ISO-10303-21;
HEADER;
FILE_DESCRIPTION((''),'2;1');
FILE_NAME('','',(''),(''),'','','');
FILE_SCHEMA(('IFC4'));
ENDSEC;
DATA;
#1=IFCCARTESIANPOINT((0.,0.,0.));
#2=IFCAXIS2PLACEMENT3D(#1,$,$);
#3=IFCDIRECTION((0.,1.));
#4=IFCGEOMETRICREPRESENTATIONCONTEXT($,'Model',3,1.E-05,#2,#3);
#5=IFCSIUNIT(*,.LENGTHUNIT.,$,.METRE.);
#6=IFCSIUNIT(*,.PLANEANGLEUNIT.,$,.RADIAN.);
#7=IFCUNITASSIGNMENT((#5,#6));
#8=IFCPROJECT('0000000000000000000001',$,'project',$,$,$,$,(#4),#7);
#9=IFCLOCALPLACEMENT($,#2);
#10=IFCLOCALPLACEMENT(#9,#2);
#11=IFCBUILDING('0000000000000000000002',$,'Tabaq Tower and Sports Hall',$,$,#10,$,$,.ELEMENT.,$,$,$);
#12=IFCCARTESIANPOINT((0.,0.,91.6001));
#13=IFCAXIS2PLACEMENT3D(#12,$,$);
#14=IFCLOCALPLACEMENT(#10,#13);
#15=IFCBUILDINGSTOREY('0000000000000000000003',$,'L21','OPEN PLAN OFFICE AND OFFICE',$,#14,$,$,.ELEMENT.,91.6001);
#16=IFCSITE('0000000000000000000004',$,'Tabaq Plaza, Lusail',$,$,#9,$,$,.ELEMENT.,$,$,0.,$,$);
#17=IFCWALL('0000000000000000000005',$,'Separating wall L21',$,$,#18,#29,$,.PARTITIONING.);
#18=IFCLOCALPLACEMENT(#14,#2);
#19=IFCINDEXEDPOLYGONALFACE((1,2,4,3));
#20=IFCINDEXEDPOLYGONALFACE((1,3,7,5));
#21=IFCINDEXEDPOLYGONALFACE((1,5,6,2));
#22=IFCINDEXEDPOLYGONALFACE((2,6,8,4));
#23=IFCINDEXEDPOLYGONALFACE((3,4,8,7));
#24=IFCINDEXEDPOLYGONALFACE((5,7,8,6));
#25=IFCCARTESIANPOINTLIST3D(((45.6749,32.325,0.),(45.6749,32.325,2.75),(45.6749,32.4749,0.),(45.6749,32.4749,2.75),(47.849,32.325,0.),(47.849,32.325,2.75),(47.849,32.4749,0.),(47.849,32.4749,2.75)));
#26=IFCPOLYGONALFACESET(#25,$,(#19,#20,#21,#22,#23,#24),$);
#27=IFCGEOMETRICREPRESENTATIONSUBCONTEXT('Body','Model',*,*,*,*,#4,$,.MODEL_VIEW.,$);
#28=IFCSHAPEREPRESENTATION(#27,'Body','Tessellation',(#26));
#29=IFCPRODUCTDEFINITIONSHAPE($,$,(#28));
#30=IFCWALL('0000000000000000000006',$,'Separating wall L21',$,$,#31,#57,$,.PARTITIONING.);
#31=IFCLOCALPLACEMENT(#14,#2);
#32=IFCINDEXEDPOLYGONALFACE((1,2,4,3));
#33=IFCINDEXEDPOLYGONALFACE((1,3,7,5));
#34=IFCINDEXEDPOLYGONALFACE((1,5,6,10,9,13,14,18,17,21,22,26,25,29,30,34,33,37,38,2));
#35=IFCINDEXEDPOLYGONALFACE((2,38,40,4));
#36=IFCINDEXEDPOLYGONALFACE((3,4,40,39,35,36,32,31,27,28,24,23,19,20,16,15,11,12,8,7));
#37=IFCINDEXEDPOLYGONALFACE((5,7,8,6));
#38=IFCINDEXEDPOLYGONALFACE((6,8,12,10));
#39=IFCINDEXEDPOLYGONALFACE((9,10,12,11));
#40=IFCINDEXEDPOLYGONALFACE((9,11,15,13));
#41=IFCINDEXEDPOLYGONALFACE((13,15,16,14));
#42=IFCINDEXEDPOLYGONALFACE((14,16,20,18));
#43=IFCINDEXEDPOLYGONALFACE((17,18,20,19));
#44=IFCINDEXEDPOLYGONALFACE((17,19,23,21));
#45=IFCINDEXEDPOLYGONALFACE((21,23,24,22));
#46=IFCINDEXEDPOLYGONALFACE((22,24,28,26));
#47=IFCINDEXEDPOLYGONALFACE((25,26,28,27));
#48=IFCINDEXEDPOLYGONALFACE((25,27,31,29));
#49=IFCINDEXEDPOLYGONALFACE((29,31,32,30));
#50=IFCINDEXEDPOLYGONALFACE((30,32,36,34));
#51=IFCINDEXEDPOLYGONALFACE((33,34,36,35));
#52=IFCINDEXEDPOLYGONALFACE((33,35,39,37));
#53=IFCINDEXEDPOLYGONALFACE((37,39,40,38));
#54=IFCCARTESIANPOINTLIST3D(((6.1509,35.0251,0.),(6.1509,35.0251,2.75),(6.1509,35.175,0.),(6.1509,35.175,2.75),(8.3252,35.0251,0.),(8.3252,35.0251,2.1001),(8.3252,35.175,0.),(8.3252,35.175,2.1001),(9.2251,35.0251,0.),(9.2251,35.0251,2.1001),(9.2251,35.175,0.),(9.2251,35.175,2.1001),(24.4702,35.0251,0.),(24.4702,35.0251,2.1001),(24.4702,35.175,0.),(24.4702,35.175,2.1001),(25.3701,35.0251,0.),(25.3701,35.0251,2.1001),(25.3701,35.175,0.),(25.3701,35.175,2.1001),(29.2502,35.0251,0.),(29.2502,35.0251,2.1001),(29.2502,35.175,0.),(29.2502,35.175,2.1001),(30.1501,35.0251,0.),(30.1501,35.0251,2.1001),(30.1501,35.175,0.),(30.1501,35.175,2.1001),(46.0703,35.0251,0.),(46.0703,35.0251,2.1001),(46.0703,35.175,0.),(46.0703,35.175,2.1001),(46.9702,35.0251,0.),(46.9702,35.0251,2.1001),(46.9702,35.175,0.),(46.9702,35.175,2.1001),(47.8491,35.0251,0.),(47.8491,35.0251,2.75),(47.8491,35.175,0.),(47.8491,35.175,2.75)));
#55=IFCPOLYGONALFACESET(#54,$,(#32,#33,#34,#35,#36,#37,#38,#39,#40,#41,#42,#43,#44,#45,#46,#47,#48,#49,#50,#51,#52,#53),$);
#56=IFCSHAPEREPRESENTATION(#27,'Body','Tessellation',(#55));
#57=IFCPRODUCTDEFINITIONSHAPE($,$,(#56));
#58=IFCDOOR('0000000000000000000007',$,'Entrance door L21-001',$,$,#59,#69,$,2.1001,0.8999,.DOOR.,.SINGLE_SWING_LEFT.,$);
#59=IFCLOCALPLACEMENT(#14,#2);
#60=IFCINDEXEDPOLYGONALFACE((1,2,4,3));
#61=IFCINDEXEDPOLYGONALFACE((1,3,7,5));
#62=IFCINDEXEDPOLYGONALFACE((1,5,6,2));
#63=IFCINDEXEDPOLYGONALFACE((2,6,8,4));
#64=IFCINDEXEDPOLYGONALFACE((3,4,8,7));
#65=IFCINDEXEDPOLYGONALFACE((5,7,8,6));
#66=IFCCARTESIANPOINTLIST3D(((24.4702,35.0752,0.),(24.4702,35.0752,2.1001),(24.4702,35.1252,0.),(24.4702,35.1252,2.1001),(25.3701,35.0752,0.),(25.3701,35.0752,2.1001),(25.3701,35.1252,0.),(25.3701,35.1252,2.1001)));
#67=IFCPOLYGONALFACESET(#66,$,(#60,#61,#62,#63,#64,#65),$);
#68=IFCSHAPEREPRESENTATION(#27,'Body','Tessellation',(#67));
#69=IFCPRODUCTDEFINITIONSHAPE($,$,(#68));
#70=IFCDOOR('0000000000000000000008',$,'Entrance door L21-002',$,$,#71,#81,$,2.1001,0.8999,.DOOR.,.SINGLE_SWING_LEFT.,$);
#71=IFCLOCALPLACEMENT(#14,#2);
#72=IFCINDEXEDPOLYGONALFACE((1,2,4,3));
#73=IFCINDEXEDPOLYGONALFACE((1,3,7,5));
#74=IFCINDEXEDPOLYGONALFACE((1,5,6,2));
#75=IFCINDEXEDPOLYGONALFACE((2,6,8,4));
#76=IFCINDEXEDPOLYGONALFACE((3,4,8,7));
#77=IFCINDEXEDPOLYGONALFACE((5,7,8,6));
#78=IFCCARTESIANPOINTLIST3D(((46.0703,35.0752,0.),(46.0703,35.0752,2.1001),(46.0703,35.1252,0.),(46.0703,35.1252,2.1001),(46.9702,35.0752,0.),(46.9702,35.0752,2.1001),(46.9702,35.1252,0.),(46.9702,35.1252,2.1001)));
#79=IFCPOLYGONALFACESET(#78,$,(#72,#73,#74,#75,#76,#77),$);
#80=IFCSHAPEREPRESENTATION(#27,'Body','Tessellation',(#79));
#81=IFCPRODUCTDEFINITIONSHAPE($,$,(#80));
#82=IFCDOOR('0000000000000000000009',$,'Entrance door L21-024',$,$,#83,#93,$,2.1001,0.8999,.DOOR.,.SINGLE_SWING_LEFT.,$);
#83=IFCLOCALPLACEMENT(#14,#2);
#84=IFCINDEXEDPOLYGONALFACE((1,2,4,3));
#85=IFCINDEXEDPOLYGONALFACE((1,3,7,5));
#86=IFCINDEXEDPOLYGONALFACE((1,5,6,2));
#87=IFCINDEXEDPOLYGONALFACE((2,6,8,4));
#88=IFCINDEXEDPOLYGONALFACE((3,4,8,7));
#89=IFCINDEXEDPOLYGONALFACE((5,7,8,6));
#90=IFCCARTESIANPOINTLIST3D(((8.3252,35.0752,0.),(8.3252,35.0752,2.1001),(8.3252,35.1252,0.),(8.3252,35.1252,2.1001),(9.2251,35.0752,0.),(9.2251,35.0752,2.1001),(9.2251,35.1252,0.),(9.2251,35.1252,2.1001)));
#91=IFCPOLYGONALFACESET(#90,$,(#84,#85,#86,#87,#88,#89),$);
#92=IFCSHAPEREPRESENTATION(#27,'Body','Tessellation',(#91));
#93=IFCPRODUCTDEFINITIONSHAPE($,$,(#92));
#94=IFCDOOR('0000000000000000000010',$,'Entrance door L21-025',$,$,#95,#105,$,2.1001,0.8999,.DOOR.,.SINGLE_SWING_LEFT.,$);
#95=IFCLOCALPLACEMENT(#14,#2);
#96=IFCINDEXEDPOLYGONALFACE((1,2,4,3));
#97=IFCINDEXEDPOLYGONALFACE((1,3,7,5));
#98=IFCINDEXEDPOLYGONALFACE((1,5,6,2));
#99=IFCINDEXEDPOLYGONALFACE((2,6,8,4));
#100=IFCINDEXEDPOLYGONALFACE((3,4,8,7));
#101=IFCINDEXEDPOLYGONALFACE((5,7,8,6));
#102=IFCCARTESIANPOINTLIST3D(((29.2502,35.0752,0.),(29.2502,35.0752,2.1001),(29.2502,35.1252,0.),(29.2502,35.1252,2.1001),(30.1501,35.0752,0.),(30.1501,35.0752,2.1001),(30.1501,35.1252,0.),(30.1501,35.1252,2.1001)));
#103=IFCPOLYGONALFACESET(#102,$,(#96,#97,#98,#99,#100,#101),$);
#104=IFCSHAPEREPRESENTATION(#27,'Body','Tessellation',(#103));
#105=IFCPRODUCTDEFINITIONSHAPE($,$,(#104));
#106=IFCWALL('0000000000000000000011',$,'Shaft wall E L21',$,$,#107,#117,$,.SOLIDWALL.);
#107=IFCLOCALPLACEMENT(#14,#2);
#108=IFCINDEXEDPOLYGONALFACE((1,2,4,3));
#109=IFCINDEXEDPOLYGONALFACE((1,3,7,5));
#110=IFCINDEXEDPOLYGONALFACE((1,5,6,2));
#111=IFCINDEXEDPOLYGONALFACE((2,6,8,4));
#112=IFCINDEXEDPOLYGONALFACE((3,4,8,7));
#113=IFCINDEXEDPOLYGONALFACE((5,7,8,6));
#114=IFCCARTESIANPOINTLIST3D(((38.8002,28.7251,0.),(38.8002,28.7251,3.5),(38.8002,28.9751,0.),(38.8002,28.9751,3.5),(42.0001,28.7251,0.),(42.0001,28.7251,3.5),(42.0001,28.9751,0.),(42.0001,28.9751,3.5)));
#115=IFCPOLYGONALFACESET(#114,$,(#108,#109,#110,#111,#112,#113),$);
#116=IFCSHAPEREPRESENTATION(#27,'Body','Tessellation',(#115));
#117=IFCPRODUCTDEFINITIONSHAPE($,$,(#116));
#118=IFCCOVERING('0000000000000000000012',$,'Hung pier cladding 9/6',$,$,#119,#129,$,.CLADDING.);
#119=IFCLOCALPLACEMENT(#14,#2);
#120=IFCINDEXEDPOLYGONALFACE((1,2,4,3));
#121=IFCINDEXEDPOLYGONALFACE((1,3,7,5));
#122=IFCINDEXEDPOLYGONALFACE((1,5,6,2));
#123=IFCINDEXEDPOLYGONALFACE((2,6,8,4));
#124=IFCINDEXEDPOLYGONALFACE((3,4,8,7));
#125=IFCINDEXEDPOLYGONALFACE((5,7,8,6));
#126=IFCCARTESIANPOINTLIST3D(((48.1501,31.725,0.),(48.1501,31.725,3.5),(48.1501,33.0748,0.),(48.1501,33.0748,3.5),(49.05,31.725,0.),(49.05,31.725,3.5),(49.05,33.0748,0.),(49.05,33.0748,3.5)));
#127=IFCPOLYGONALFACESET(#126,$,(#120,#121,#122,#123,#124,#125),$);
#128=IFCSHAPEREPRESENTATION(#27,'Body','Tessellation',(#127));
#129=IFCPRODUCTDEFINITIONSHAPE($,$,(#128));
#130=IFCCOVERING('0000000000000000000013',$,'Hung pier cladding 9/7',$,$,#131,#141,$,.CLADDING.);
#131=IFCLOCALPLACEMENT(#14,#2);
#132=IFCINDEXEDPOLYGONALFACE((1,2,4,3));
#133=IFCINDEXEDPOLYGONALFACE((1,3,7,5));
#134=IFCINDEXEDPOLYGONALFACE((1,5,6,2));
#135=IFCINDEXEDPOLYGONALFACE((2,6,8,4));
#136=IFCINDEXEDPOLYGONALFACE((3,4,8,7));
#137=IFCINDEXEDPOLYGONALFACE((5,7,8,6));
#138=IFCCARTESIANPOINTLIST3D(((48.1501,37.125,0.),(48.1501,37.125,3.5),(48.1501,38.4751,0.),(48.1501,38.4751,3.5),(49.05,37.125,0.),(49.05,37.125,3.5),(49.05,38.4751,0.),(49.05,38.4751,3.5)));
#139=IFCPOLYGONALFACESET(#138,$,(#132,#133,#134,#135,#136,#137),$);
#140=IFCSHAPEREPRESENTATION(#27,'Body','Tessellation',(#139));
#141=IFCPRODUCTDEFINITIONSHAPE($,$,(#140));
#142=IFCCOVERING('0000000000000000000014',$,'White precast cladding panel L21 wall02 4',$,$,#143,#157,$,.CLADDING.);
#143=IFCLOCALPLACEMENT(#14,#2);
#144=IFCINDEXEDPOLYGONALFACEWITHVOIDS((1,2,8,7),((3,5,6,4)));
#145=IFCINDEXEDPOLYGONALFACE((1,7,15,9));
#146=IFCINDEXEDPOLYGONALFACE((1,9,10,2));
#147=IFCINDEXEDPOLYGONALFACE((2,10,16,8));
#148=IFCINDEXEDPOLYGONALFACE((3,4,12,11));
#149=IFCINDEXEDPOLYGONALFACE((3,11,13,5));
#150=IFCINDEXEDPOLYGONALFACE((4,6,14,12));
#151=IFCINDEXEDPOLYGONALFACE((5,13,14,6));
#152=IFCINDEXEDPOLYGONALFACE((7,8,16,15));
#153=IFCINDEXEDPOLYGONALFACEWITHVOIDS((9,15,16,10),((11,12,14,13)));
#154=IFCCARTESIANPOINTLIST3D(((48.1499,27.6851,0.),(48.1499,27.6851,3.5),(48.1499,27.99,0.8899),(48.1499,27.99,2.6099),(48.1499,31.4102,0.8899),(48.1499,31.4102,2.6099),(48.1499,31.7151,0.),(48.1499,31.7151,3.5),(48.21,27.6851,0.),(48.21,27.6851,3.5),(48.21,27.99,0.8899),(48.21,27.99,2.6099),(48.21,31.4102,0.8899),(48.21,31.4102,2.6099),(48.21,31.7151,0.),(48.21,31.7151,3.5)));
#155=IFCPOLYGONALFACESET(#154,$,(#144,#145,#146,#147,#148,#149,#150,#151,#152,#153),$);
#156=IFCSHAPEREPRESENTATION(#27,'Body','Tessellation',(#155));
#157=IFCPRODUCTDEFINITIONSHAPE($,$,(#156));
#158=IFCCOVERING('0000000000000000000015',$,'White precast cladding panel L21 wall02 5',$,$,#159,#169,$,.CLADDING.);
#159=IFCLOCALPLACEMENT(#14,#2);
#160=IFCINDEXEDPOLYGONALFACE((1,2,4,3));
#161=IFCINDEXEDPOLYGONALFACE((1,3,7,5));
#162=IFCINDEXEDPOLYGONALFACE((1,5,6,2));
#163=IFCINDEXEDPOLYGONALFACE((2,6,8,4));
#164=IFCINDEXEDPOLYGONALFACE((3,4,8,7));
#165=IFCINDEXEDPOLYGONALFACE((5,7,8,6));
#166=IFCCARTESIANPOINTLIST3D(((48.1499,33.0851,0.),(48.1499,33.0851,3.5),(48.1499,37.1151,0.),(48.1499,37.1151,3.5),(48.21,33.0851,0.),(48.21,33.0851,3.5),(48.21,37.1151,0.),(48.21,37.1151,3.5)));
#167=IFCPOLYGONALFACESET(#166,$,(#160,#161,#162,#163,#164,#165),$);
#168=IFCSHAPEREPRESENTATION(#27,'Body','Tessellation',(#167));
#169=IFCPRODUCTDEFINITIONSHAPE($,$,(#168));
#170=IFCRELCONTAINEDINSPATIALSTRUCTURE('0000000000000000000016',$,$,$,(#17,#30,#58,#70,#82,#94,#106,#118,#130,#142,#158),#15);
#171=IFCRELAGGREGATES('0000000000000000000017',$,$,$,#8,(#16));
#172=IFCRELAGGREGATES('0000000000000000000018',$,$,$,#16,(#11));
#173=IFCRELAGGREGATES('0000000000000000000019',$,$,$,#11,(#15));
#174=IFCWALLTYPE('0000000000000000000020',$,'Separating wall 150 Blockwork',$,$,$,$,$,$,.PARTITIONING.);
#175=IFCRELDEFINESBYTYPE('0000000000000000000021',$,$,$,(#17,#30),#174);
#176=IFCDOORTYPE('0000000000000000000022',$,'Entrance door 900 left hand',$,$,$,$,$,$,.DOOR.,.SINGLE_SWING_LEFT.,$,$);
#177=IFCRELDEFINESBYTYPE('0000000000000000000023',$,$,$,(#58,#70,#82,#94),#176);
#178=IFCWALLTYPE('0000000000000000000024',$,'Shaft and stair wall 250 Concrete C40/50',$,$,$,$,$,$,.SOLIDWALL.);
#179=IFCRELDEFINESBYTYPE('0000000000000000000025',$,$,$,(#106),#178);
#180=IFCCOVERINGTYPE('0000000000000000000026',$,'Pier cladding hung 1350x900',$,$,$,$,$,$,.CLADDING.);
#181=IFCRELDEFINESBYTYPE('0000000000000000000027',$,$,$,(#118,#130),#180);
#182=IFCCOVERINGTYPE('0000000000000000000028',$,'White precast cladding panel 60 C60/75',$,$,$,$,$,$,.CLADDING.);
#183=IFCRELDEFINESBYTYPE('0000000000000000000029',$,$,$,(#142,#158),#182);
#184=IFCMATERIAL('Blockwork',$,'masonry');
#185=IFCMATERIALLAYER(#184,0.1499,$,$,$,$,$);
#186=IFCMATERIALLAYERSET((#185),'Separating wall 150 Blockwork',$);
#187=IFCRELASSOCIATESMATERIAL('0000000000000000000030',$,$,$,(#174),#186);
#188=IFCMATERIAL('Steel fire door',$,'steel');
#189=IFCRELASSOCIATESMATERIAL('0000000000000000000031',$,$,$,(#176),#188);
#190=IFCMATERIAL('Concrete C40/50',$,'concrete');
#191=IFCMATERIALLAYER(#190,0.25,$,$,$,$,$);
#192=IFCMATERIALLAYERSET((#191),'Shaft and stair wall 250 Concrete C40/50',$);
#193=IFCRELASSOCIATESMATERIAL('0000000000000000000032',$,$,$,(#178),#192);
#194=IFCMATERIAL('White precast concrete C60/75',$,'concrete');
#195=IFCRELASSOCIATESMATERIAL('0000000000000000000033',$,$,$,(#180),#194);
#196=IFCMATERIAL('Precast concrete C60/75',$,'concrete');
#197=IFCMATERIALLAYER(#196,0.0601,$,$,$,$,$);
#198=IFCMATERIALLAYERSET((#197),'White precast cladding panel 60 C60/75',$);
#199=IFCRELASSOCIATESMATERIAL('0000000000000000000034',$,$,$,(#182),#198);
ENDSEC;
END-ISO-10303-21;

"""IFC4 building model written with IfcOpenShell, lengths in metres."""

from ifc_helpers import new_model, si_unit, direction, frame, frame_2d, origin, place, context, subcontext, project, spatial, polyline, rectangle, outline, extrude, material, layer, layer_set, type_object, element, fill, save


model = new_model("IFC4")

# Units and contexts
model_context = context("Model", 3, precision=1e-05, world=origin(), true_north=direction((0.0, 1.0)))
body_context = subcontext(model_context, "Body", "Model", "MODEL_VIEW")
ifc_project = project(units=[si_unit("LENGTHUNIT", "METRE"), si_unit("PLANEANGLEUNIT", "RADIAN")], contexts=[model_context])

# Site, building, storey
site_placement = place(None, origin())
site = spatial("IfcSite", under=ifc_project, at=site_placement, Name="Tabaq Plaza, Lusail", CompositionType="ELEMENT", RefElevation=0.0)
building_placement = place(site_placement, origin())
building = spatial("IfcBuilding", under=site, at=building_placement, Name="Tabaq Tower and Sports Hall", CompositionType="ELEMENT")
storey_placement = place(building_placement, frame((0.0, 0.0, 91.6001)))
storey = spatial("IfcBuildingStorey", under=building, at=storey_placement, Name="L21", Description="OPEN PLAN OFFICE AND OFFICE", CompositionType="ELEMENT", Elevation=91.6001)

# Wall
ifc_material_1 = material(Name="Blockwork", Category="masonry")
ifc_layer_1 = layer(ifc_material_1, 0.1499)
ifc_layer_set_1 = layer_set([ifc_layer_1], Name="Separating wall 150 Blockwork")
wall_type_1 = type_object("IfcWallType", Name="Separating wall 150 Blockwork", PredefinedType="PARTITIONING", material=ifc_layer_set_1)
wall_1_placement = place(storey_placement, frame((45.675, 32.3999, 0.0), z_axis=(0.0, 0.0, 1.0), x_axis=(1.0, 0.0, 0.0)))
element("IfcWall", 1, at=wall_1_placement, inside=storey, type_object=wall_type_1, Name="Separating wall L21", PredefinedType="PARTITIONING", context=body_context, shape_type="SweptSolid", body=[
    extrude(rectangle(XDim=2.1741, YDim=0.1499, at=frame_2d((1.0869, 0.0))), origin(), (0.0, 0.0, 1.0), 2.75),
])

# Wall, openings, doors
wall_2_placement = place(storey_placement, frame((47.8491, 35.1001, 0.0), z_axis=(0.0, 0.0, 1.0), x_axis=(-1.0, 0.0, 0.0)))
wall_2 = element("IfcWall", 2, at=wall_2_placement, inside=storey, type_object=wall_type_1, Name="Separating wall L21", PredefinedType="PARTITIONING", context=body_context, shape_type="SweptSolid", body=[
    extrude(rectangle(XDim=41.6982, YDim=0.1499, at=frame_2d((20.8491, 0.0))), origin(), (0.0, 0.0, 1.0), 2.75),
])
opening_1_placement = place(wall_2_placement, frame((22.479, 0.0, 0.0)))
opening_1 = element("IfcOpeningElement", 3, at=opening_1_placement, cuts=wall_2, PredefinedType="OPENING", context=body_context, shape_type="SweptSolid", body=[
    extrude(rectangle(XDim=0.8999, YDim=2.1001, at=frame_2d((0.45, 1.05))), frame((0.0, 0.075, 0.0), z_axis=(0.0, -1.0, 0.0), x_axis=(1.0, 0.0, 0.0)), (0.0, 0.0, 1.0), 0.1499),
])
opening_2_placement = place(wall_2_placement, frame((0.8789, 0.0, 0.0)))
opening_2 = element("IfcOpeningElement", 4, at=opening_2_placement, cuts=wall_2, PredefinedType="OPENING", context=body_context, shape_type="SweptSolid", body=[
    extrude(rectangle(XDim=0.8999, YDim=2.1001, at=frame_2d((0.45, 1.05))), frame((0.0, 0.075, 0.0), z_axis=(0.0, -1.0, 0.0), x_axis=(1.0, 0.0, 0.0)), (0.0, 0.0, 1.0), 0.1499),
])
opening_3_placement = place(wall_2_placement, frame((38.624, 0.0, 0.0)))
opening_3 = element("IfcOpeningElement", 5, at=opening_3_placement, cuts=wall_2, PredefinedType="OPENING", context=body_context, shape_type="SweptSolid", body=[
    extrude(rectangle(XDim=0.8999, YDim=2.1001, at=frame_2d((0.45, 1.05))), frame((0.0, 0.075, 0.0), z_axis=(0.0, -1.0, 0.0), x_axis=(1.0, 0.0, 0.0)), (0.0, 0.0, 1.0), 0.1499),
])
opening_4_placement = place(wall_2_placement, frame((17.699, 0.0, 0.0)))
opening_4 = element("IfcOpeningElement", 6, at=opening_4_placement, cuts=wall_2, PredefinedType="OPENING", context=body_context, shape_type="SweptSolid", body=[
    extrude(rectangle(XDim=0.8999, YDim=2.1001, at=frame_2d((0.45, 1.05))), frame((0.0, 0.075, 0.0), z_axis=(0.0, -1.0, 0.0), x_axis=(1.0, 0.0, 0.0)), (0.0, 0.0, 1.0), 0.1499),
])
ifc_material_2 = material(Name="Steel fire door", Category="steel")
door_type_1 = type_object("IfcDoorType", Name="Entrance door 900 left hand", OperationType="SINGLE_SWING_LEFT", PredefinedType="DOOR", material=ifc_material_2)
door_1_placement = place(opening_1_placement, origin())
door_1 = element("IfcDoor", 7, at=door_1_placement, inside=storey, type_object=door_type_1, Name="Entrance door L21-001", OperationType="SINGLE_SWING_LEFT", OverallHeight=2.1001, OverallWidth=0.8999, PredefinedType="DOOR", context=body_context, shape_type="SweptSolid", body=[
    extrude(rectangle(XDim=0.8999, YDim=2.1001, at=frame_2d((0.45, 1.05))), frame((0.0, 0.0249, 0.0), z_axis=(0.0, -1.0, 0.0), x_axis=(1.0, 0.0, 0.0)), (0.0, 0.0, 1.0), 0.05),
])
fill(opening_1, door_1)
door_2_placement = place(opening_2_placement, origin())
door_2 = element("IfcDoor", 8, at=door_2_placement, inside=storey, type_object=door_type_1, Name="Entrance door L21-002", OperationType="SINGLE_SWING_LEFT", OverallHeight=2.1001, OverallWidth=0.8999, PredefinedType="DOOR", context=body_context, shape_type="SweptSolid", body=[
    extrude(rectangle(XDim=0.8999, YDim=2.1001, at=frame_2d((0.45, 1.05))), frame((0.0, 0.0249, 0.0), z_axis=(0.0, -1.0, 0.0), x_axis=(1.0, 0.0, 0.0)), (0.0, 0.0, 1.0), 0.05),
])
fill(opening_2, door_2)
door_3_placement = place(opening_3_placement, origin())
door_3 = element("IfcDoor", 9, at=door_3_placement, inside=storey, type_object=door_type_1, Name="Entrance door L21-024", OperationType="SINGLE_SWING_LEFT", OverallHeight=2.1001, OverallWidth=0.8999, PredefinedType="DOOR", context=body_context, shape_type="SweptSolid", body=[
    extrude(rectangle(XDim=0.8999, YDim=2.1001, at=frame_2d((0.45, 1.05))), frame((0.0, 0.0249, 0.0), z_axis=(0.0, -1.0, 0.0), x_axis=(1.0, 0.0, 0.0)), (0.0, 0.0, 1.0), 0.05),
])
fill(opening_3, door_3)
door_4_placement = place(opening_4_placement, origin())
door_4 = element("IfcDoor", 10, at=door_4_placement, inside=storey, type_object=door_type_1, Name="Entrance door L21-025", OperationType="SINGLE_SWING_LEFT", OverallHeight=2.1001, OverallWidth=0.8999, PredefinedType="DOOR", context=body_context, shape_type="SweptSolid", body=[
    extrude(rectangle(XDim=0.8999, YDim=2.1001, at=frame_2d((0.45, 1.05))), frame((0.0, 0.0249, 0.0), z_axis=(0.0, -1.0, 0.0), x_axis=(1.0, 0.0, 0.0)), (0.0, 0.0, 1.0), 0.05),
])
fill(opening_4, door_4)

# Wall
ifc_material_3 = material(Name="Concrete C40/50", Category="concrete")
ifc_layer_2 = layer(ifc_material_3, 0.25)
ifc_layer_set_2 = layer_set([ifc_layer_2], Name="Shaft and stair wall 250 Concrete C40/50")
wall_type_2 = type_object("IfcWallType", Name="Shaft and stair wall 250 Concrete C40/50", PredefinedType="SOLIDWALL", material=ifc_layer_set_2)
wall_3_placement = place(storey_placement, frame((38.8, 28.8501, 0.0), z_axis=(0.0, 0.0, 1.0), x_axis=(1.0, 0.0, 0.0)))
element("IfcWall", 11, at=wall_3_placement, inside=storey, type_object=wall_type_2, Name="Shaft wall E L21", PredefinedType="SOLIDWALL", context=body_context, shape_type="SweptSolid", body=[
    extrude(rectangle(XDim=3.2, YDim=0.25, at=frame_2d((1.6001, 0.0))), origin(), (0.0, 0.0, 1.0), 3.5),
])

# Coverings
ifc_material_4 = material(Name="White precast concrete C60/75", Category="concrete")
covering_type_1 = type_object("IfcCoveringType", Name="Pier cladding hung 1350x900", PredefinedType="CLADDING", material=ifc_material_4)
covering_1_placement = place(storey_placement, frame((48.6001, 31.7251, 0.0), z_axis=(0.0, 0.0, 1.0), x_axis=(0.0, 1.0, 0.0)))
element("IfcCovering", 12, at=covering_1_placement, inside=storey, type_object=covering_type_1, Name="Hung pier cladding 9/6", PredefinedType="CLADDING", context=body_context, shape_type="SweptSolid", body=[
    extrude(rectangle(XDim=1.3499, YDim=0.8999, at=frame_2d((0.6748, 0.0))), origin(), (0.0, 0.0, 1.0), 3.5),
])
covering_2_placement = place(storey_placement, frame((48.6001, 37.125, 0.0), z_axis=(0.0, 0.0, 1.0), x_axis=(0.0, 1.0, 0.0)))
element("IfcCovering", 13, at=covering_2_placement, inside=storey, type_object=covering_type_1, Name="Hung pier cladding 9/7", PredefinedType="CLADDING", context=body_context, shape_type="SweptSolid", body=[
    extrude(rectangle(XDim=1.3501, YDim=0.8999, at=frame_2d((0.675, 0.0))), origin(), (0.0, 0.0, 1.0), 3.5),
])
ifc_material_5 = material(Name="Precast concrete C60/75", Category="concrete")
ifc_layer_3 = layer(ifc_material_5, 0.0601)
ifc_layer_set_3 = layer_set([ifc_layer_3], Name="White precast cladding panel 60 C60/75")
covering_type_2 = type_object("IfcCoveringType", Name="White precast cladding panel 60 C60/75", PredefinedType="CLADDING", material=ifc_layer_set_3)
covering_3_placement = place(storey_placement, frame((48.1799, 27.6851, 0.0), z_axis=(0.0, 0.0, 1.0), x_axis=(0.0, 1.0, 0.0)))
element("IfcCovering", 14, at=covering_3_placement, inside=storey, type_object=covering_type_2, Name="White precast cladding panel L21 wall02 4", PredefinedType="CLADDING", context=body_context, shape_type="SweptSolid", body=[
    extrude(outline(polyline([(0.0, 0.0), (4.03, 0.0), (4.03, 3.5), (0.0, 3.5), (0.0, 0.0)]), holes=[polyline([(0.3049, 0.8899), (0.3049, 2.6099), (3.7251, 2.6099), (3.7251, 0.8899), (0.3049, 0.8899)])]), frame((0.0, 0.03, 0.0), z_axis=(0.0, -1.0, 0.0), x_axis=(1.0, 0.0, 0.0)), (0.0, 0.0, 1.0), 0.0601),
])
covering_4_placement = place(storey_placement, frame((48.1799, 33.085, 0.0), z_axis=(0.0, 0.0, 1.0), x_axis=(0.0, 1.0, 0.0)))
element("IfcCovering", 15, at=covering_4_placement, inside=storey, type_object=covering_type_2, Name="White precast cladding panel L21 wall02 5", PredefinedType="CLADDING", context=body_context, shape_type="SweptSolid", body=[
    extrude(rectangle(XDim=4.03, YDim=0.0601, at=frame_2d((2.0151, 0.0))), origin(), (0.0, 0.0, 1.0), 3.5),
])

save(model, "model.ifc")
